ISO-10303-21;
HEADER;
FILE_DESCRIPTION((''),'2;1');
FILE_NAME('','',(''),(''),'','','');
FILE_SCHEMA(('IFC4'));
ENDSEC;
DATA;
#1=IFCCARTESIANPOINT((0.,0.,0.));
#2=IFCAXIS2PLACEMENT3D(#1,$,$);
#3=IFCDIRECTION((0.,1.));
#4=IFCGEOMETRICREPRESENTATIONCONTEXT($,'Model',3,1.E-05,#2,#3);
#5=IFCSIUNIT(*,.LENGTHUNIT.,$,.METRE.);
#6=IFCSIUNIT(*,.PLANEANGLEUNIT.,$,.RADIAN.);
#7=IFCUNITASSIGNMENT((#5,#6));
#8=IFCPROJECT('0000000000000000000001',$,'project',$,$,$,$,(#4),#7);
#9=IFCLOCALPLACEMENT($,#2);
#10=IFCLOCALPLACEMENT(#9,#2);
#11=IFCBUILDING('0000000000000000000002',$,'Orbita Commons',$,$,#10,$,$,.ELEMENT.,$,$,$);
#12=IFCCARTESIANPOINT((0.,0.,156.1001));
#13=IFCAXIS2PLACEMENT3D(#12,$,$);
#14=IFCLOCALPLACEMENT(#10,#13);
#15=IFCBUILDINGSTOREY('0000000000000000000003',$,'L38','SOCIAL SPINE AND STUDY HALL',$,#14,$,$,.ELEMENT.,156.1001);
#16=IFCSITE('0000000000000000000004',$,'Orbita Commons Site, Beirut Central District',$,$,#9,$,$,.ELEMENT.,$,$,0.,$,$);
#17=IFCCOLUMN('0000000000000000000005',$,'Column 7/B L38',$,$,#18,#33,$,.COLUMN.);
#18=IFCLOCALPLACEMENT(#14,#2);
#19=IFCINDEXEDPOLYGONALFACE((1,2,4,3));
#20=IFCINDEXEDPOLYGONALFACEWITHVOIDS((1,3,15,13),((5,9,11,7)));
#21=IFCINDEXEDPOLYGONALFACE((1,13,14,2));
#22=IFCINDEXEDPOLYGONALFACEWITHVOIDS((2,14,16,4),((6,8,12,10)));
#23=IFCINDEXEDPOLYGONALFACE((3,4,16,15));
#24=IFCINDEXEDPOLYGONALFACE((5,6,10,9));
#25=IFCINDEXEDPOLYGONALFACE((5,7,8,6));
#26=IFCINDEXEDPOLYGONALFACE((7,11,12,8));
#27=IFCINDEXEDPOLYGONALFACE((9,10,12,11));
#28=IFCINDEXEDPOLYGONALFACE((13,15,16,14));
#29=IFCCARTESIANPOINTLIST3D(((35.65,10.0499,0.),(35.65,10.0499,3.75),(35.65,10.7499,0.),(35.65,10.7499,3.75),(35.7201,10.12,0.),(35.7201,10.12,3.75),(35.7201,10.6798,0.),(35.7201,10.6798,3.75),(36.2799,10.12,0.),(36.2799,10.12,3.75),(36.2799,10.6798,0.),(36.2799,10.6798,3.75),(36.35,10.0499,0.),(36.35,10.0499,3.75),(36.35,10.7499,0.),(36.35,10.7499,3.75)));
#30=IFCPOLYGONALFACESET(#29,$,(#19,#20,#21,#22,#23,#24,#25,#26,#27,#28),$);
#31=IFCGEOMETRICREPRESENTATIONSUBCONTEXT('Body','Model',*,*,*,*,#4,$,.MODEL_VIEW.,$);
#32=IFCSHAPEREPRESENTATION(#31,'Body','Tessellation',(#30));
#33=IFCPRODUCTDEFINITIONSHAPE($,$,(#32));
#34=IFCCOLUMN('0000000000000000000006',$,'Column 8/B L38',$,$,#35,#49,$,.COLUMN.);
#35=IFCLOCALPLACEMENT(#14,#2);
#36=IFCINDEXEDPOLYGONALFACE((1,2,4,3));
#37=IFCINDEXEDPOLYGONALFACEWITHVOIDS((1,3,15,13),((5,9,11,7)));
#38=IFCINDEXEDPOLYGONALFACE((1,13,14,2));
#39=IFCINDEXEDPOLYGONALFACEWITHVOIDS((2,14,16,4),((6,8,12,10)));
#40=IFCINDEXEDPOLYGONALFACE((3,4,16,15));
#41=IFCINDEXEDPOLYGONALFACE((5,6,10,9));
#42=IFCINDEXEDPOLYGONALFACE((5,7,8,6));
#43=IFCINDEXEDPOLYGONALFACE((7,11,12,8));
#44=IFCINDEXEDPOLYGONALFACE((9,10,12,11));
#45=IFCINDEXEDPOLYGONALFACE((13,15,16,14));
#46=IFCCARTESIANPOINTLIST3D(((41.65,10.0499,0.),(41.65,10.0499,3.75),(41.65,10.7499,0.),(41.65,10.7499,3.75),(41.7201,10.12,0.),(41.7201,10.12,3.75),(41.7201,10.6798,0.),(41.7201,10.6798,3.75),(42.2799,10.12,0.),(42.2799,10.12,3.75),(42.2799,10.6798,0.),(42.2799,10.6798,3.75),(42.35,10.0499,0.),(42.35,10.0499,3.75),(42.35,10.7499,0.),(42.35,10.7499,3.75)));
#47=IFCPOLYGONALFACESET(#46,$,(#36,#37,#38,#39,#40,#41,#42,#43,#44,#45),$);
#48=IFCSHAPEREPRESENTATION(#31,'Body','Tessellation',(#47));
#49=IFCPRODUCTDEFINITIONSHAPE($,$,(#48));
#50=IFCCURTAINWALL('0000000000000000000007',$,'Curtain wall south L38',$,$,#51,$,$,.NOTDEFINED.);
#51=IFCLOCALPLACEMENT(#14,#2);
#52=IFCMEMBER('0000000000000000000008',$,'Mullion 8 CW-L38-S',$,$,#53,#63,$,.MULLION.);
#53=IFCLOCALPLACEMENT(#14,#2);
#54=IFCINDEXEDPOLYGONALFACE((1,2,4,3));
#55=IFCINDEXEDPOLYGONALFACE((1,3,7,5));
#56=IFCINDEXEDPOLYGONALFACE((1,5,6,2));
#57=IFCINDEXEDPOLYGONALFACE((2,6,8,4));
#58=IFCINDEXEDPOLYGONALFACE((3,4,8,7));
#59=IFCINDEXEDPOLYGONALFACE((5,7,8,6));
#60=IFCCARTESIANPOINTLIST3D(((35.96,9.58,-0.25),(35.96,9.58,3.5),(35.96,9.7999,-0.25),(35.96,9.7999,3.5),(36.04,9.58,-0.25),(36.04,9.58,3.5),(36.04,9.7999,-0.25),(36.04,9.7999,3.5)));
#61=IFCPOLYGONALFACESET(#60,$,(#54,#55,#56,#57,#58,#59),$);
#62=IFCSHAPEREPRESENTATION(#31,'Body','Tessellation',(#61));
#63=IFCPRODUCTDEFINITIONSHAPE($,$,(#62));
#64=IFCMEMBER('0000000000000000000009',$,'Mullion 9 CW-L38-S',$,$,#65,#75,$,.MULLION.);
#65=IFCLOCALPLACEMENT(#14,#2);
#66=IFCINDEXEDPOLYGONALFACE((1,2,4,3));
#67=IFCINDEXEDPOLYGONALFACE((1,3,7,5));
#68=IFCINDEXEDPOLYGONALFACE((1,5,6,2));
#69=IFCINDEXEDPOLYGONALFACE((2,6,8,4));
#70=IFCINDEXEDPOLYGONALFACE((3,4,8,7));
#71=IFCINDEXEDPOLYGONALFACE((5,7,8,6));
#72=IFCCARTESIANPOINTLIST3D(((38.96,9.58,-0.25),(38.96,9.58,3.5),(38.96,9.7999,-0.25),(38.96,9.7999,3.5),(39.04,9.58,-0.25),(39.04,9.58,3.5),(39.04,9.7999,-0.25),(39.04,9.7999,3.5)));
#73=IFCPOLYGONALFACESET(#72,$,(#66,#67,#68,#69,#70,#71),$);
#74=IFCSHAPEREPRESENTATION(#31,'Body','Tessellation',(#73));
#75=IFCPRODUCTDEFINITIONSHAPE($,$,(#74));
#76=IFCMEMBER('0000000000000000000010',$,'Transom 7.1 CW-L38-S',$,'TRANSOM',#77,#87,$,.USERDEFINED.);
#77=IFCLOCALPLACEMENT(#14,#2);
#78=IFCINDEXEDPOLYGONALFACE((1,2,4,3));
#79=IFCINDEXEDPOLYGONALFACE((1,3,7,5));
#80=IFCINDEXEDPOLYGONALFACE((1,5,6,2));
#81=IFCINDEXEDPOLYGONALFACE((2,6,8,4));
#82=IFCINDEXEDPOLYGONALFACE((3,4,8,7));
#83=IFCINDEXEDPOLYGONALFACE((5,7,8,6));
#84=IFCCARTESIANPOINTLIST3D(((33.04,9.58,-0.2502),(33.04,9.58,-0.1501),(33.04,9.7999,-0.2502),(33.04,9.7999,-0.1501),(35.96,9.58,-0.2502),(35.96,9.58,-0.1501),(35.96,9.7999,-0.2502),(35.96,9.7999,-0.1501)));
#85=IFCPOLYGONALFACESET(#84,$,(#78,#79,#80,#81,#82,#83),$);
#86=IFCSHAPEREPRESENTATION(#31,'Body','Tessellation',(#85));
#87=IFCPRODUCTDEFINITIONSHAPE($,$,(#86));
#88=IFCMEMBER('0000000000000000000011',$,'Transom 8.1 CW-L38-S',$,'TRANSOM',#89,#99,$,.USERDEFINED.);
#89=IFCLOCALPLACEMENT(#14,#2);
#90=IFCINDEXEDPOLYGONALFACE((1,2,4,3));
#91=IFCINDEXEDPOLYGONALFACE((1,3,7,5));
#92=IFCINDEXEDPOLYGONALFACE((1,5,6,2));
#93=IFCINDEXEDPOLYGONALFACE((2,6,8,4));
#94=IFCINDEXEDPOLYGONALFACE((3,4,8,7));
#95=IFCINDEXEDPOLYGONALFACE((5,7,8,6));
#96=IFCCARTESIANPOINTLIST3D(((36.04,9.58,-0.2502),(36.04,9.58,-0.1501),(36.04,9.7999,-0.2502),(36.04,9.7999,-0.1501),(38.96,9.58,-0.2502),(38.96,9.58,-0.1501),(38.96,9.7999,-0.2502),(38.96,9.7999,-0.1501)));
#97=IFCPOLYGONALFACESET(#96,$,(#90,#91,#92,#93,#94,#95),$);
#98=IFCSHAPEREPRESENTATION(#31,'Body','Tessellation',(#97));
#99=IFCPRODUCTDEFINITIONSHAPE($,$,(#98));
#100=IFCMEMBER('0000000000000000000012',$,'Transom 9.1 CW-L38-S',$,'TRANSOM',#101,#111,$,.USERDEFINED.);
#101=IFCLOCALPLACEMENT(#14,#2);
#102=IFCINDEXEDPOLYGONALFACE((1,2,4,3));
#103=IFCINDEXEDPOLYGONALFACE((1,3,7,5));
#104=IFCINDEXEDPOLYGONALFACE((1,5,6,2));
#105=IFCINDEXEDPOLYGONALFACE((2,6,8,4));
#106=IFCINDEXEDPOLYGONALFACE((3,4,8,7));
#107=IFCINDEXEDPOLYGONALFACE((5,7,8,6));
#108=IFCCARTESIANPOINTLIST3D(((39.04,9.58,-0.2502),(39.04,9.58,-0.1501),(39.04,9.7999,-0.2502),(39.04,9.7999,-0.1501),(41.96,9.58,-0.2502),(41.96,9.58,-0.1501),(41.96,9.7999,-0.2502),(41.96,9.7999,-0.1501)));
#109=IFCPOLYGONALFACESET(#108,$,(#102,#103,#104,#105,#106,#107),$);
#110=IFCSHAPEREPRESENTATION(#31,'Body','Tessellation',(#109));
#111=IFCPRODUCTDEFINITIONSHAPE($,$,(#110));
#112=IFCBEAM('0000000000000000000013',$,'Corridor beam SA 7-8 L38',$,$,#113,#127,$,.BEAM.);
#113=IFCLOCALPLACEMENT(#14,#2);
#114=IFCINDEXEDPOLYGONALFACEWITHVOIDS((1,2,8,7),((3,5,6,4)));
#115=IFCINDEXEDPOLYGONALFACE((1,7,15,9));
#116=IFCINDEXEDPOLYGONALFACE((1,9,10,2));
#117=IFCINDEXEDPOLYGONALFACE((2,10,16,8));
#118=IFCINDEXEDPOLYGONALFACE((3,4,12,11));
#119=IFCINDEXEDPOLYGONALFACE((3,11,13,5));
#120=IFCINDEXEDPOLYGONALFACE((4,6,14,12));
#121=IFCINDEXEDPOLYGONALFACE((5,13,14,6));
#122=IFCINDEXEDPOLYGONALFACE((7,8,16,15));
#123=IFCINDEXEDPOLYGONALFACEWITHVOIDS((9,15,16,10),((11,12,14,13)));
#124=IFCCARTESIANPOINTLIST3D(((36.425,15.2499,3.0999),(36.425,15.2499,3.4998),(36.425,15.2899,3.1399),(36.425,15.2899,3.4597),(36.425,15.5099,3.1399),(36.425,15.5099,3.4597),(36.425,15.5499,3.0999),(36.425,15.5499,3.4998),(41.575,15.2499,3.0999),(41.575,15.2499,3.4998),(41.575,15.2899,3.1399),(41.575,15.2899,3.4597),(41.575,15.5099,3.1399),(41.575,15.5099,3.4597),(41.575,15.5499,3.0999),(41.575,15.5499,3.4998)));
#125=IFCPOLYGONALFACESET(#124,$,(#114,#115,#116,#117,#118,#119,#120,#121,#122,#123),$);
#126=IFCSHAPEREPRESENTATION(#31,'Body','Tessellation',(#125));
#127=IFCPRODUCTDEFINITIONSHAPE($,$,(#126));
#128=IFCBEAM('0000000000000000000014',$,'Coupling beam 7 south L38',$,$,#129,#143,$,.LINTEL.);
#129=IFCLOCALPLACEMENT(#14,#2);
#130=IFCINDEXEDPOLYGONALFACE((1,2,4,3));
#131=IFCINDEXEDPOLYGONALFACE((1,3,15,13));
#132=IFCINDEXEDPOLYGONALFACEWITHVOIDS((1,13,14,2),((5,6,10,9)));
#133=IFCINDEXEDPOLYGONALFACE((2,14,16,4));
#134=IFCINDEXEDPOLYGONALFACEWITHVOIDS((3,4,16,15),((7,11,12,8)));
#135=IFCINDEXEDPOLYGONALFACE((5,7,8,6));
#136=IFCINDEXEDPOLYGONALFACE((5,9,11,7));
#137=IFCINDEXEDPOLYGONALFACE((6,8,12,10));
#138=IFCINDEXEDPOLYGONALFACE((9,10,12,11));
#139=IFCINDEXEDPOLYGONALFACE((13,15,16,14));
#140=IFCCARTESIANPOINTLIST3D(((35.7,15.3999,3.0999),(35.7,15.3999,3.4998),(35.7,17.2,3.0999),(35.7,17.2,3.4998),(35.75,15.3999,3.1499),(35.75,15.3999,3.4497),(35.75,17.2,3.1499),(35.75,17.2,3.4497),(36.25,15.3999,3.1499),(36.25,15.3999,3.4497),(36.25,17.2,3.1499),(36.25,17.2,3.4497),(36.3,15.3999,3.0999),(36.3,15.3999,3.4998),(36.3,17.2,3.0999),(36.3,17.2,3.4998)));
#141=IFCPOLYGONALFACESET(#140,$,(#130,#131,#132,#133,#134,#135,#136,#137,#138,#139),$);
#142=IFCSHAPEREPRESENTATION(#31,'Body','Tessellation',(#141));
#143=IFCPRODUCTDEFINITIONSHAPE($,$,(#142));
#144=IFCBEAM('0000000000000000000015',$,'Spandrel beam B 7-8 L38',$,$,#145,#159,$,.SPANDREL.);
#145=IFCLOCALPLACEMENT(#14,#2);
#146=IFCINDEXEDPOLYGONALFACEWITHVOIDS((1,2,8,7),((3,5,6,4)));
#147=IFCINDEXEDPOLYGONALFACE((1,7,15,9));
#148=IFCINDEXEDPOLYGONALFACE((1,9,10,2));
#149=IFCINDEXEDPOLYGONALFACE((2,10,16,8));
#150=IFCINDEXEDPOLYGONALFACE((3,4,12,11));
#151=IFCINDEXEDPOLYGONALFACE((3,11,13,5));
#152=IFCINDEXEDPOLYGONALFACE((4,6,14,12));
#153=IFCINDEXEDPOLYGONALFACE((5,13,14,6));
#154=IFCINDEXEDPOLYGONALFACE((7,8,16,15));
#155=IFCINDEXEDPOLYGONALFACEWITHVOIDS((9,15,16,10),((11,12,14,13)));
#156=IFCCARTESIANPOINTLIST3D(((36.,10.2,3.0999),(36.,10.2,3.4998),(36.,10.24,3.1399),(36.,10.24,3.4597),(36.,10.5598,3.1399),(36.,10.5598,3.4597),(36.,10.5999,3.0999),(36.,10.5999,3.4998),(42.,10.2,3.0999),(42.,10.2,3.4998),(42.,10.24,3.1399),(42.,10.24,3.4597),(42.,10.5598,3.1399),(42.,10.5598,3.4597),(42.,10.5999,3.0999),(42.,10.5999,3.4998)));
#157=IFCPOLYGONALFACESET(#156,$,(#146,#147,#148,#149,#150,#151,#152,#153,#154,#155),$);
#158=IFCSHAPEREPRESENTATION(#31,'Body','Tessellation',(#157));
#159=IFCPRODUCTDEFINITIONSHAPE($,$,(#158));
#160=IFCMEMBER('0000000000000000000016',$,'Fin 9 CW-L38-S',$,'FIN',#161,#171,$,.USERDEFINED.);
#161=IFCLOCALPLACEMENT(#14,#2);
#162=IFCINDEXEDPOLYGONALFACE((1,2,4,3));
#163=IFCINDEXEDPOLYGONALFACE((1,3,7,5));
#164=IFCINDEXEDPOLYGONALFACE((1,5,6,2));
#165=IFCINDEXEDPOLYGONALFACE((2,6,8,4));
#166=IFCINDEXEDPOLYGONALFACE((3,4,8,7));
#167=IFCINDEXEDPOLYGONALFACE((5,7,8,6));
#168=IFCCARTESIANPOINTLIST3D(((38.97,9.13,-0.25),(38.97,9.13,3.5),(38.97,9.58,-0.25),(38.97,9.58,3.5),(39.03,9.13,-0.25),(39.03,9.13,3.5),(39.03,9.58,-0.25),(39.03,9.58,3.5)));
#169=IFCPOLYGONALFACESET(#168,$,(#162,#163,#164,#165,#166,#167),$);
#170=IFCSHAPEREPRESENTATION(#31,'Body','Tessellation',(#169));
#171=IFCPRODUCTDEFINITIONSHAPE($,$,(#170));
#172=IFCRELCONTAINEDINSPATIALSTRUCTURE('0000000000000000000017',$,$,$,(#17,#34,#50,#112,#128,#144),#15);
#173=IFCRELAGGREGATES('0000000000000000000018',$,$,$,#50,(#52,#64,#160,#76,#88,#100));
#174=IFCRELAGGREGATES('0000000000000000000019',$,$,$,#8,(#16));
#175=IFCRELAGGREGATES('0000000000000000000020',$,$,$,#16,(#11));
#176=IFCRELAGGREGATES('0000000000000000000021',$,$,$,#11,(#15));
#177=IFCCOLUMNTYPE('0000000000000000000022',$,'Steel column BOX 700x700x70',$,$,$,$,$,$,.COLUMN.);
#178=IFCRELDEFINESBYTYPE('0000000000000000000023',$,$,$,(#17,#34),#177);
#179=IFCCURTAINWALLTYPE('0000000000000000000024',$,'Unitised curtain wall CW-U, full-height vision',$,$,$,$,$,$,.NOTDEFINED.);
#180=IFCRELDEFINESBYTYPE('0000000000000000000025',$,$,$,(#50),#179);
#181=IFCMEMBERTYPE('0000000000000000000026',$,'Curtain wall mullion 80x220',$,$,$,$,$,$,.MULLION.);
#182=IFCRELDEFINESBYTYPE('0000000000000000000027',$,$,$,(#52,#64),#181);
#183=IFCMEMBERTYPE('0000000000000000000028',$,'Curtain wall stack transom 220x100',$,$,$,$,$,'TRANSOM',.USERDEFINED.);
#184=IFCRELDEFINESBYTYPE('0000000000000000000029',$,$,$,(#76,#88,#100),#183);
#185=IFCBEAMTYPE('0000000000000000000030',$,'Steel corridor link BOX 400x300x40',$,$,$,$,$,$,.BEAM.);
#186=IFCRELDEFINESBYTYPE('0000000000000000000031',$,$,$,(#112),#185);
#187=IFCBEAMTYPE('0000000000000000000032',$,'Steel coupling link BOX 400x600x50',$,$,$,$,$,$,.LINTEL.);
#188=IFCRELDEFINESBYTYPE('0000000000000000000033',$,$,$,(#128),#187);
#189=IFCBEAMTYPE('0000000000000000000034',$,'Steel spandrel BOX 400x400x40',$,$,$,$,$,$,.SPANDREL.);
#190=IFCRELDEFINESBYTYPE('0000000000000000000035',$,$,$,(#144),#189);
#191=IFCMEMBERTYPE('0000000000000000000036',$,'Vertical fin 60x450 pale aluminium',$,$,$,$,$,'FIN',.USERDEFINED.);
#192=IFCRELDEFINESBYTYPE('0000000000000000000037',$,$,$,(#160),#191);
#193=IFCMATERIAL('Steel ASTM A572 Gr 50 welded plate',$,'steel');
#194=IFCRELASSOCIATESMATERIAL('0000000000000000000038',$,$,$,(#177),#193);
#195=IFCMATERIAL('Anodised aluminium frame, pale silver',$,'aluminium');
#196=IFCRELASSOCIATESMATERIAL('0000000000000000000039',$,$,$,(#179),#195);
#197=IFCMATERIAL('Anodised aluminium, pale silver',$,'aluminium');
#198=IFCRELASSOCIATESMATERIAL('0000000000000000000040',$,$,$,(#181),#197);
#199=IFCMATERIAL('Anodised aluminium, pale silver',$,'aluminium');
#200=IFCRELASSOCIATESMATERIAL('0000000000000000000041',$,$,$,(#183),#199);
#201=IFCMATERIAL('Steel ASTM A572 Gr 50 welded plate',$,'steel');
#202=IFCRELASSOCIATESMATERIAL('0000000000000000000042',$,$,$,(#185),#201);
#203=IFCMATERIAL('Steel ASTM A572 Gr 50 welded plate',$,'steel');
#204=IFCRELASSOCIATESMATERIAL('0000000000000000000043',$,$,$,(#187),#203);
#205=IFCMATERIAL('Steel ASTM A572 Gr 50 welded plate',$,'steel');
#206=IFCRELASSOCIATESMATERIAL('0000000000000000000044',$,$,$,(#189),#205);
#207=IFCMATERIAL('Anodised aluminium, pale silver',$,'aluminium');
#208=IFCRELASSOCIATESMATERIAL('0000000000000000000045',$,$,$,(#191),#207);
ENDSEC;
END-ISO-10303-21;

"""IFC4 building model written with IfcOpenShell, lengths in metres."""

from ifc_helpers import new_model, si_unit, direction, frame, origin, origin_2d, place, context, subcontext, project, spatial, rectangle, hollow_rectangle, extrude, material, material_profile, profile_set, type_object, element, aggregate, save


model = new_model("IFC4")

# Units and contexts
model_context = context("Model", 3, precision=1e-05, world=origin(), true_north=direction((0.0, 1.0)))
body_context = subcontext(model_context, "Body", "Model", "MODEL_VIEW")
ifc_project = project(units=[si_unit("LENGTHUNIT", "METRE"), si_unit("PLANEANGLEUNIT", "RADIAN")], contexts=[model_context])

# Site, building, storey
site_placement = place(None, origin())
site = spatial("IfcSite", under=ifc_project, at=site_placement, Name="Orbita Commons Site, Beirut Central District", CompositionType="ELEMENT", RefElevation=0.0)
building_placement = place(site_placement, origin())
building = spatial("IfcBuilding", under=site, at=building_placement, Name="Orbita Commons", CompositionType="ELEMENT")
storey_placement = place(building_placement, frame((0.0, 0.0, 156.1001)))
storey = spatial("IfcBuildingStorey", under=building, at=storey_placement, Name="L38", Description="SOCIAL SPINE AND STUDY HALL", CompositionType="ELEMENT", Elevation=156.1001)

# Columns
ifc_material_1 = material(Name="Steel ASTM A572 Gr 50 welded plate", Category="steel")
ifc_material_profile_1 = material_profile(ifc_material_1, hollow_rectangle(XDim=0.7, YDim=0.7, WallThickness=0.0701, at=origin_2d()), Name="BOX 700x700x70")
ifc_profile_set_1 = profile_set([ifc_material_profile_1], Name="Steel ASTM A572 Gr 50 welded plate")
column_type = type_object("IfcColumnType", Name="Steel column BOX 700x700x70", PredefinedType="COLUMN", material=ifc_profile_set_1)
for number, where, z_axis, x_axis, name in (
    (1, (36.0, 10.3999, 0.0), (0.0, 0.0, 1.0), (1.0, 0.0, 0.0), "Column 7/B L38"),
    (2, (42.0, 10.3999, 0.0), (0.0, 0.0, 1.0), (1.0, 0.0, 0.0), "Column 8/B L38"),
):
    element("IfcColumn", number, at=place(storey_placement, frame(where, z_axis=z_axis, x_axis=x_axis)), inside=storey, type_object=column_type, Name=name, PredefinedType="COLUMN", context=body_context, shape_type="SweptSolid", body=[
        extrude(hollow_rectangle(XDim=0.7, YDim=0.7, WallThickness=0.0701, at=origin_2d()), origin(), (0.0, 0.0, 1.0), 3.75),
    ])

# Curtain wall, members
ifc_material_2 = material(Name="Anodised aluminium frame, pale silver", Category="aluminium")
curtain_wall_type = type_object("IfcCurtainWallType", Name="Unitised curtain wall CW-U, full-height vision", PredefinedType="NOTDEFINED", material=ifc_material_2)
curtain_wall_placement = place(storey_placement, origin())
curtain_wall = element("IfcCurtainWall", 3, at=curtain_wall_placement, inside=storey, type_object=curtain_wall_type, Name="Curtain wall south L38", PredefinedType="NOTDEFINED")
ifc_material_3 = material(Name="Anodised aluminium, pale silver", Category="aluminium")
ifc_material_profile_2 = material_profile(ifc_material_3, rectangle(XDim=0.0801, YDim=0.22, at=origin_2d()), Name="AL 80x220")
ifc_profile_set_2 = profile_set([ifc_material_profile_2], Name="Anodised aluminium, pale silver")
member_type_1 = type_object("IfcMemberType", Name="Curtain wall mullion 80x220", PredefinedType="MULLION", material=ifc_profile_set_2)
member_1_placement = place(storey_placement, frame((36.0, 9.6899, -0.25), z_axis=(0.0, 0.0, 1.0), x_axis=(1.0, 0.0, 0.0)))
member_1 = element("IfcMember", 4, at=member_1_placement, type_object=member_type_1, Name="Mullion 8 CW-L38-S", PredefinedType="MULLION", context=body_context, shape_type="SweptSolid", body=[
    extrude(rectangle(XDim=0.0801, YDim=0.22, at=origin_2d()), origin(), (0.0, 0.0, 1.0), 3.75),
])
member_2_placement = place(storey_placement, frame((39.0, 9.6899, -0.25), z_axis=(0.0, 0.0, 1.0), x_axis=(1.0, 0.0, 0.0)))
member_2 = element("IfcMember", 5, at=member_2_placement, type_object=member_type_1, Name="Mullion 9 CW-L38-S", PredefinedType="MULLION", context=body_context, shape_type="SweptSolid", body=[
    extrude(rectangle(XDim=0.0801, YDim=0.22, at=origin_2d()), origin(), (0.0, 0.0, 1.0), 3.75),
])
ifc_material_4 = material(Name="Anodised aluminium, pale silver", Category="aluminium")
ifc_material_profile_3 = material_profile(ifc_material_4, rectangle(XDim=0.22, YDim=0.1001, at=origin_2d()), Name="AL 220x100")
ifc_profile_set_3 = profile_set([ifc_material_profile_3], Name="Anodised aluminium, pale silver")
member_type_2 = type_object("IfcMemberType", Name="Curtain wall stack transom 220x100", ElementType="TRANSOM", PredefinedType="USERDEFINED", material=ifc_profile_set_3)
member_3_placement = place(storey_placement, frame((33.04, 9.6899, -0.2002), z_axis=(1.0, 0.0, 0.0), x_axis=(0.0, 1.0, 0.0)))
member_3 = element("IfcMember", 6, at=member_3_placement, type_object=member_type_2, Name="Transom 7.1 CW-L38-S", ObjectType="TRANSOM", PredefinedType="USERDEFINED", context=body_context, shape_type="SweptSolid", body=[
    extrude(rectangle(XDim=0.22, YDim=0.1001, at=origin_2d()), origin(), (0.0, 0.0, 1.0), 2.9199),
])
member_4_placement = place(storey_placement, frame((36.04, 9.6899, -0.2002), z_axis=(1.0, 0.0, 0.0), x_axis=(0.0, 1.0, 0.0)))
member_4 = element("IfcMember", 7, at=member_4_placement, type_object=member_type_2, Name="Transom 8.1 CW-L38-S", ObjectType="TRANSOM", PredefinedType="USERDEFINED", context=body_context, shape_type="SweptSolid", body=[
    extrude(rectangle(XDim=0.22, YDim=0.1001, at=origin_2d()), origin(), (0.0, 0.0, 1.0), 2.9199),
])
member_5_placement = place(storey_placement, frame((39.04, 9.6899, -0.2002), z_axis=(1.0, 0.0, 0.0), x_axis=(0.0, 1.0, 0.0)))
member_5 = element("IfcMember", 8, at=member_5_placement, type_object=member_type_2, Name="Transom 9.1 CW-L38-S", ObjectType="TRANSOM", PredefinedType="USERDEFINED", context=body_context, shape_type="SweptSolid", body=[
    extrude(rectangle(XDim=0.22, YDim=0.1001, at=origin_2d()), origin(), (0.0, 0.0, 1.0), 2.9199),
])

# Beams
ifc_material_5 = material(Name="Steel ASTM A572 Gr 50 welded plate", Category="steel")
ifc_material_profile_4 = material_profile(ifc_material_5, hollow_rectangle(XDim=0.3, YDim=0.3999, WallThickness=0.04, at=origin_2d()), Name="BOX 400x300x40")
ifc_profile_set_4 = profile_set([ifc_material_profile_4], Name="Steel ASTM A572 Gr 50 welded plate")
beam_type_1 = type_object("IfcBeamType", Name="Steel corridor link BOX 400x300x40", PredefinedType="BEAM", material=ifc_profile_set_4)
beam_1_placement = place(storey_placement, frame((36.425, 15.3999, 3.2998), z_axis=(1.0, 0.0, 0.0), x_axis=(0.0, 1.0, 0.0)))
element("IfcBeam", 9, at=beam_1_placement, inside=storey, type_object=beam_type_1, Name="Corridor beam SA 7-8 L38", PredefinedType="BEAM", context=body_context, shape_type="SweptSolid", body=[
    extrude(hollow_rectangle(XDim=0.3, YDim=0.3999, WallThickness=0.04, at=origin_2d()), origin(), (0.0, 0.0, 1.0), 5.1499),
])
ifc_material_6 = material(Name="Steel ASTM A572 Gr 50 welded plate", Category="steel")
ifc_material_profile_5 = material_profile(ifc_material_6, hollow_rectangle(XDim=0.6001, YDim=0.3999, WallThickness=0.05, at=origin_2d()), Name="BOX 400x600x50")
ifc_profile_set_5 = profile_set([ifc_material_profile_5], Name="Steel ASTM A572 Gr 50 welded plate")
beam_type_2 = type_object("IfcBeamType", Name="Steel coupling link BOX 400x600x50", PredefinedType="LINTEL", material=ifc_profile_set_5)
beam_2_placement = place(storey_placement, frame((36.0, 15.3999, 3.2998), z_axis=(0.0, 1.0, 0.0), x_axis=(-1.0, 0.0, 0.0)))
element("IfcBeam", 10, at=beam_2_placement, inside=storey, type_object=beam_type_2, Name="Coupling beam 7 south L38", PredefinedType="LINTEL", context=body_context, shape_type="SweptSolid", body=[
    extrude(hollow_rectangle(XDim=0.6001, YDim=0.3999, WallThickness=0.05, at=origin_2d()), origin(), (0.0, 0.0, 1.0), 1.8),
])
ifc_material_7 = material(Name="Steel ASTM A572 Gr 50 welded plate", Category="steel")
ifc_material_profile_6 = material_profile(ifc_material_7, hollow_rectangle(XDim=0.3999, YDim=0.3999, WallThickness=0.04, at=origin_2d()), Name="BOX 400x400x40")
ifc_profile_set_6 = profile_set([ifc_material_profile_6], Name="Steel ASTM A572 Gr 50 welded plate")
beam_type_3 = type_object("IfcBeamType", Name="Steel spandrel BOX 400x400x40", PredefinedType="SPANDREL", material=ifc_profile_set_6)
beam_3_placement = place(storey_placement, frame((36.0, 10.3999, 3.2998), z_axis=(1.0, 0.0, 0.0), x_axis=(0.0, 1.0, 0.0)))
element("IfcBeam", 11, at=beam_3_placement, inside=storey, type_object=beam_type_3, Name="Spandrel beam B 7-8 L38", PredefinedType="SPANDREL", context=body_context, shape_type="SweptSolid", body=[
    extrude(hollow_rectangle(XDim=0.3999, YDim=0.3999, WallThickness=0.04, at=origin_2d()), origin(), (0.0, 0.0, 1.0), 6.0),
])

# Member
ifc_material_8 = material(Name="Anodised aluminium, pale silver", Category="aluminium")
ifc_material_profile_7 = material_profile(ifc_material_8, rectangle(XDim=0.0601, YDim=0.45, at=origin_2d()), Name="FIN 60x450")
ifc_profile_set_7 = profile_set([ifc_material_profile_7], Name="Anodised aluminium, pale silver")
member_type_3 = type_object("IfcMemberType", Name="Vertical fin 60x450 pale aluminium", ElementType="FIN", PredefinedType="USERDEFINED", material=ifc_profile_set_7)
member_6_placement = place(storey_placement, frame((39.0, 9.355, -0.25), z_axis=(0.0, 0.0, 1.0), x_axis=(1.0, 0.0, 0.0)))
member_6 = element("IfcMember", 12, at=member_6_placement, type_object=member_type_3, Name="Fin 9 CW-L38-S", ObjectType="FIN", PredefinedType="USERDEFINED", context=body_context, shape_type="SweptSolid", body=[
    extrude(rectangle(XDim=0.0601, YDim=0.45, at=origin_2d()), origin(), (0.0, 0.0, 1.0), 3.75),
])

aggregate(curtain_wall, [member_1, member_2, member_6, member_3, member_4, member_5])

save(model, "model.ifc")
